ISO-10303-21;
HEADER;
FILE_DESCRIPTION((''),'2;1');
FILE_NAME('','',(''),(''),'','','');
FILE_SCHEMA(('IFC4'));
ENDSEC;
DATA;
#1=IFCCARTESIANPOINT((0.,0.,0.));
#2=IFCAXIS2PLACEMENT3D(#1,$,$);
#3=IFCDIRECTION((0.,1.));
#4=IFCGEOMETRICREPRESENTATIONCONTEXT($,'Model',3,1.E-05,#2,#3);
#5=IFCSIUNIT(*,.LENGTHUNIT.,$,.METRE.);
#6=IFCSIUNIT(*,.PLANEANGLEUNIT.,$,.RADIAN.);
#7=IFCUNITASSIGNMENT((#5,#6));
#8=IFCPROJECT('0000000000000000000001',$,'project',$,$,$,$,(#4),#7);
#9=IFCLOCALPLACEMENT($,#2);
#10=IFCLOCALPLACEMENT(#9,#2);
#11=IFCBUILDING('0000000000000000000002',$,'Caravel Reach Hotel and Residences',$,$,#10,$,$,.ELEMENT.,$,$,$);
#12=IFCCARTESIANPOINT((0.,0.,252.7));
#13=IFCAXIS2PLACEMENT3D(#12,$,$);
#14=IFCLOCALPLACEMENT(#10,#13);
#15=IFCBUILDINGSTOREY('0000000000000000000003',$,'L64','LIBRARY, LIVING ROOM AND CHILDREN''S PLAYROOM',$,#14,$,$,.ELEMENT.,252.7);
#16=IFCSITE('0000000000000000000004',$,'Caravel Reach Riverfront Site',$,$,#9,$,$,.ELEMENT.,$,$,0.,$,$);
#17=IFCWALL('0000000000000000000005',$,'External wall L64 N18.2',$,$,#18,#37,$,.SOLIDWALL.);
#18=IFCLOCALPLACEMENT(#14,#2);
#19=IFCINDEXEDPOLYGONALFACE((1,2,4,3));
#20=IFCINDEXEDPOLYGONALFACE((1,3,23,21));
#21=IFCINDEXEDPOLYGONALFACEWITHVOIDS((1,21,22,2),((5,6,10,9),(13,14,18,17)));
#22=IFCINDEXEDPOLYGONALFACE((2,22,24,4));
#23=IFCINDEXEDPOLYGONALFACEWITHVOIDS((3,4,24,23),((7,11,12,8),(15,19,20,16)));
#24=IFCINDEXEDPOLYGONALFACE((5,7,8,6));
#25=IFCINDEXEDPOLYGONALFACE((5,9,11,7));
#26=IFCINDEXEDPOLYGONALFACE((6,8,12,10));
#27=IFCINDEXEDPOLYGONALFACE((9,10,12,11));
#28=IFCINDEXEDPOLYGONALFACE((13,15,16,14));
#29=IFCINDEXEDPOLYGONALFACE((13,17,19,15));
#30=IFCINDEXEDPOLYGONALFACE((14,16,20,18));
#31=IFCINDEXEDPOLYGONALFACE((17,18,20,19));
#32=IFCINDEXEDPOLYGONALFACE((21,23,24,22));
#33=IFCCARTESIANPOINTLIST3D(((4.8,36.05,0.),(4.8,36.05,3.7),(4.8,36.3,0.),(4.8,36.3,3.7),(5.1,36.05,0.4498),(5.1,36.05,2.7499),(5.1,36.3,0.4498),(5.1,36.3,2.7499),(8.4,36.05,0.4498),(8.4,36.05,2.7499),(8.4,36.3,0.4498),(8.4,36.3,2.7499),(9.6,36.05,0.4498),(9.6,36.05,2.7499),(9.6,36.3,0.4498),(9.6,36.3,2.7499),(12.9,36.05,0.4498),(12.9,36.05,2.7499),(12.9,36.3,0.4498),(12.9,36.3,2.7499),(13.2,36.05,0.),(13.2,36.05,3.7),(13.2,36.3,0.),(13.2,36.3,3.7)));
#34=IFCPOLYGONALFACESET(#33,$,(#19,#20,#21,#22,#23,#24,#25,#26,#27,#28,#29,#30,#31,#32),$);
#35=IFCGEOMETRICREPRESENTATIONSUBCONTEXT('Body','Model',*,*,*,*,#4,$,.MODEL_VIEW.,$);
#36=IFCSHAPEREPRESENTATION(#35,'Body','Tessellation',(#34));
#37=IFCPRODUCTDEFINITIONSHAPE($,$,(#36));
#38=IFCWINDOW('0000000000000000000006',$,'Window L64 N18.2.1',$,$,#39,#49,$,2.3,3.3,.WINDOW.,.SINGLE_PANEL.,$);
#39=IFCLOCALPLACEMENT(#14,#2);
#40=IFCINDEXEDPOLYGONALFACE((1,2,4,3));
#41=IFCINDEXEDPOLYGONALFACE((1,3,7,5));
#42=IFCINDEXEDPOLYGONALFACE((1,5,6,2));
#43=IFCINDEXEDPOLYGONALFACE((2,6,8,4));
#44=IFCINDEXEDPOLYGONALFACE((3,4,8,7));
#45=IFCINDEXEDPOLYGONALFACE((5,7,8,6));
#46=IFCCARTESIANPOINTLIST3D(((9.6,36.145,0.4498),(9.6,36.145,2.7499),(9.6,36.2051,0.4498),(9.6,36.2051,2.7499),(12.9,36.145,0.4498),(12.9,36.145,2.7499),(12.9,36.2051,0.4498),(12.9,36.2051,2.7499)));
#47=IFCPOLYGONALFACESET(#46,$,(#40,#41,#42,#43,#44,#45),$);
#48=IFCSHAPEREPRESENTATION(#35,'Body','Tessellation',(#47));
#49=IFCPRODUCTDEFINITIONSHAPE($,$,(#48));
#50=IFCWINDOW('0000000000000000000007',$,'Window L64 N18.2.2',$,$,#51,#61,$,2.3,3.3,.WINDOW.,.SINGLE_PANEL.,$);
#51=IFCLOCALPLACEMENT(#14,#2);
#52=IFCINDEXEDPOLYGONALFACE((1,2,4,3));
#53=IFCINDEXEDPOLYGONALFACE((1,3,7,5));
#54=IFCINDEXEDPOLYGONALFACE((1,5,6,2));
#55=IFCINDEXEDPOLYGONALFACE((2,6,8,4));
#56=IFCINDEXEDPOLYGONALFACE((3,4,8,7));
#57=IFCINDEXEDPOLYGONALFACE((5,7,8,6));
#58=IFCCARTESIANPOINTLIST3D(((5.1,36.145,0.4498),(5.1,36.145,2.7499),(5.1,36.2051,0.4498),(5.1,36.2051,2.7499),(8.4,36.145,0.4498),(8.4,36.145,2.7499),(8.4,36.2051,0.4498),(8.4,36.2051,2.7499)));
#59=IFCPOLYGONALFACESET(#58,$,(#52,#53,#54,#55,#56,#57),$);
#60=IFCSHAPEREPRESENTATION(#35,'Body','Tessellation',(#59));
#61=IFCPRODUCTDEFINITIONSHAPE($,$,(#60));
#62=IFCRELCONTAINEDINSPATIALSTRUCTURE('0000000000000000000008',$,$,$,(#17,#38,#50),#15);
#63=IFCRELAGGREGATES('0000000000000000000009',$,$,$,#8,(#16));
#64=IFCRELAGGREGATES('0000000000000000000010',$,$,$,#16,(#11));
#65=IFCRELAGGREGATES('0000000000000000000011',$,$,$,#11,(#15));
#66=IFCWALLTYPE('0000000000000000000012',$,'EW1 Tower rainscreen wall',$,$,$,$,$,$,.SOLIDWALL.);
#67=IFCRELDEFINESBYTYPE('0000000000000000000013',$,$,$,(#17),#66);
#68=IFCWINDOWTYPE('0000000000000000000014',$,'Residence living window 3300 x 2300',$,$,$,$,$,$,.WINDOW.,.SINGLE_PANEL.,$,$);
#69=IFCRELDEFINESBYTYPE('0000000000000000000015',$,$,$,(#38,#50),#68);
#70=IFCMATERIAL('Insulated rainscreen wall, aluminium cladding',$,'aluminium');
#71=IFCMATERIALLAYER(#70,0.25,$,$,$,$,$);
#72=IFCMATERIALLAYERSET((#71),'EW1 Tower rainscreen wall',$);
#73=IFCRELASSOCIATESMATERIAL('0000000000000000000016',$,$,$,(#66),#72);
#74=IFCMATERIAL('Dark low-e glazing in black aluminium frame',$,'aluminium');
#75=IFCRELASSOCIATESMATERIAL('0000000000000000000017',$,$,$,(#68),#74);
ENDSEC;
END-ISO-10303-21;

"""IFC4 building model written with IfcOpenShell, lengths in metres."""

from ifc_helpers import new_model, si_unit, direction, frame, frame_2d, origin, place, context, subcontext, project, spatial, rectangle, extrude, material, layer, layer_set, type_object, element, fill, save


model = new_model("IFC4")

# Units and contexts
model_context = context("Model", 3, precision=1e-05, world=origin(), true_north=direction((0.0, 1.0)))
body_context = subcontext(model_context, "Body", "Model", "MODEL_VIEW")
ifc_project = project(units=[si_unit("LENGTHUNIT", "METRE"), si_unit("PLANEANGLEUNIT", "RADIAN")], contexts=[model_context])

# Site, building, storey
site_placement = place(None, origin())
site = spatial("IfcSite", under=ifc_project, at=site_placement, Name="Caravel Reach Riverfront Site", CompositionType="ELEMENT", RefElevation=0.0)
building_placement = place(site_placement, origin())
building = spatial("IfcBuilding", under=site, at=building_placement, Name="Caravel Reach Hotel and Residences", CompositionType="ELEMENT")
storey_placement = place(building_placement, frame((0.0, 0.0, 252.7)))
storey = spatial("IfcBuildingStorey", under=building, at=storey_placement, Name="L64", Description="LIBRARY, LIVING ROOM AND CHILDREN'S PLAYROOM", CompositionType="ELEMENT", Elevation=252.7)

# Shared definitions
ifc_material_1 = material(Name="Insulated rainscreen wall, aluminium cladding", Category="aluminium")
ifc_layer_1 = layer(ifc_material_1, 0.25)
ifc_layer_set_1 = layer_set([ifc_layer_1], Name="EW1 Tower rainscreen wall")
wall_type_1 = type_object("IfcWallType", Name="EW1 Tower rainscreen wall", PredefinedType="SOLIDWALL", material=ifc_layer_set_1)

# Wall, openings, windows
wall_1_placement = place(storey_placement, frame((13.2, 36.175, 0.0), z_axis=(0.0, 0.0, 1.0), x_axis=(-1.0, 0.0, 0.0)))
wall_1 = element("IfcWall", 1, at=wall_1_placement, inside=storey, type_object=wall_type_1, Name="External wall L64 N18.2", PredefinedType="SOLIDWALL", context=body_context, shape_type="SweptSolid", body=[
    extrude(rectangle(XDim=8.3999, YDim=0.25, at=frame_2d((4.2, 0.0))), origin(), (0.0, 0.0, 1.0), 3.7),
])
opening_1_placement = place(wall_1_placement, frame((0.3, 0.0, 0.45)))
opening_1 = element("IfcOpeningElement", 2, at=opening_1_placement, cuts=wall_1, PredefinedType="OPENING", context=body_context, shape_type="SweptSolid", body=[
    extrude(rectangle(XDim=3.3, YDim=2.3, at=frame_2d((1.6499, 1.1499))), frame((0.0, 0.135, 0.0), z_axis=(0.0, -1.0, 0.0), x_axis=(1.0, 0.0, 0.0)), (0.0, 0.0, 1.0), 0.27),
])
opening_2_placement = place(wall_1_placement, frame((4.8, 0.0, 0.45)))
opening_2 = element("IfcOpeningElement", 3, at=opening_2_placement, cuts=wall_1, PredefinedType="OPENING", context=body_context, shape_type="SweptSolid", body=[
    extrude(rectangle(XDim=3.3, YDim=2.3, at=frame_2d((1.6499, 1.1499))), frame((0.0, 0.135, 0.0), z_axis=(0.0, -1.0, 0.0), x_axis=(1.0, 0.0, 0.0)), (0.0, 0.0, 1.0), 0.27),
])
ifc_material_2 = material(Name="Dark low-e glazing in black aluminium frame", Category="aluminium")
window_type_1 = type_object("IfcWindowType", Name="Residence living window 3300 x 2300", PartitioningType="SINGLE_PANEL", PredefinedType="WINDOW", material=ifc_material_2)
window_1_placement = place(opening_1_placement, origin())
window_1 = element("IfcWindow", 4, at=window_1_placement, inside=storey, type_object=window_type_1, Name="Window L64 N18.2.1", OverallHeight=2.3, OverallWidth=3.3, PartitioningType="SINGLE_PANEL", PredefinedType="WINDOW", context=body_context, shape_type="SweptSolid", body=[
    extrude(rectangle(XDim=3.3, YDim=2.3, at=frame_2d((1.6499, 1.1499))), frame((0.0, 0.03, 0.0), z_axis=(0.0, -1.0, 0.0), x_axis=(1.0, 0.0, 0.0)), (0.0, 0.0, 1.0), 0.0601),
])
fill(opening_1, window_1)
window_2_placement = place(opening_2_placement, origin())
window_2 = element("IfcWindow", 5, at=window_2_placement, inside=storey, type_object=window_type_1, Name="Window L64 N18.2.2", OverallHeight=2.3, OverallWidth=3.3, PartitioningType="SINGLE_PANEL", PredefinedType="WINDOW", context=body_context, shape_type="SweptSolid", body=[
    extrude(rectangle(XDim=3.3, YDim=2.3, at=frame_2d((1.6499, 1.1499))), frame((0.0, 0.03, 0.0), z_axis=(0.0, -1.0, 0.0), x_axis=(1.0, 0.0, 0.0)), (0.0, 0.0, 1.0), 0.0601),
])
fill(opening_2, window_2)

save(model, "model.ifc")
